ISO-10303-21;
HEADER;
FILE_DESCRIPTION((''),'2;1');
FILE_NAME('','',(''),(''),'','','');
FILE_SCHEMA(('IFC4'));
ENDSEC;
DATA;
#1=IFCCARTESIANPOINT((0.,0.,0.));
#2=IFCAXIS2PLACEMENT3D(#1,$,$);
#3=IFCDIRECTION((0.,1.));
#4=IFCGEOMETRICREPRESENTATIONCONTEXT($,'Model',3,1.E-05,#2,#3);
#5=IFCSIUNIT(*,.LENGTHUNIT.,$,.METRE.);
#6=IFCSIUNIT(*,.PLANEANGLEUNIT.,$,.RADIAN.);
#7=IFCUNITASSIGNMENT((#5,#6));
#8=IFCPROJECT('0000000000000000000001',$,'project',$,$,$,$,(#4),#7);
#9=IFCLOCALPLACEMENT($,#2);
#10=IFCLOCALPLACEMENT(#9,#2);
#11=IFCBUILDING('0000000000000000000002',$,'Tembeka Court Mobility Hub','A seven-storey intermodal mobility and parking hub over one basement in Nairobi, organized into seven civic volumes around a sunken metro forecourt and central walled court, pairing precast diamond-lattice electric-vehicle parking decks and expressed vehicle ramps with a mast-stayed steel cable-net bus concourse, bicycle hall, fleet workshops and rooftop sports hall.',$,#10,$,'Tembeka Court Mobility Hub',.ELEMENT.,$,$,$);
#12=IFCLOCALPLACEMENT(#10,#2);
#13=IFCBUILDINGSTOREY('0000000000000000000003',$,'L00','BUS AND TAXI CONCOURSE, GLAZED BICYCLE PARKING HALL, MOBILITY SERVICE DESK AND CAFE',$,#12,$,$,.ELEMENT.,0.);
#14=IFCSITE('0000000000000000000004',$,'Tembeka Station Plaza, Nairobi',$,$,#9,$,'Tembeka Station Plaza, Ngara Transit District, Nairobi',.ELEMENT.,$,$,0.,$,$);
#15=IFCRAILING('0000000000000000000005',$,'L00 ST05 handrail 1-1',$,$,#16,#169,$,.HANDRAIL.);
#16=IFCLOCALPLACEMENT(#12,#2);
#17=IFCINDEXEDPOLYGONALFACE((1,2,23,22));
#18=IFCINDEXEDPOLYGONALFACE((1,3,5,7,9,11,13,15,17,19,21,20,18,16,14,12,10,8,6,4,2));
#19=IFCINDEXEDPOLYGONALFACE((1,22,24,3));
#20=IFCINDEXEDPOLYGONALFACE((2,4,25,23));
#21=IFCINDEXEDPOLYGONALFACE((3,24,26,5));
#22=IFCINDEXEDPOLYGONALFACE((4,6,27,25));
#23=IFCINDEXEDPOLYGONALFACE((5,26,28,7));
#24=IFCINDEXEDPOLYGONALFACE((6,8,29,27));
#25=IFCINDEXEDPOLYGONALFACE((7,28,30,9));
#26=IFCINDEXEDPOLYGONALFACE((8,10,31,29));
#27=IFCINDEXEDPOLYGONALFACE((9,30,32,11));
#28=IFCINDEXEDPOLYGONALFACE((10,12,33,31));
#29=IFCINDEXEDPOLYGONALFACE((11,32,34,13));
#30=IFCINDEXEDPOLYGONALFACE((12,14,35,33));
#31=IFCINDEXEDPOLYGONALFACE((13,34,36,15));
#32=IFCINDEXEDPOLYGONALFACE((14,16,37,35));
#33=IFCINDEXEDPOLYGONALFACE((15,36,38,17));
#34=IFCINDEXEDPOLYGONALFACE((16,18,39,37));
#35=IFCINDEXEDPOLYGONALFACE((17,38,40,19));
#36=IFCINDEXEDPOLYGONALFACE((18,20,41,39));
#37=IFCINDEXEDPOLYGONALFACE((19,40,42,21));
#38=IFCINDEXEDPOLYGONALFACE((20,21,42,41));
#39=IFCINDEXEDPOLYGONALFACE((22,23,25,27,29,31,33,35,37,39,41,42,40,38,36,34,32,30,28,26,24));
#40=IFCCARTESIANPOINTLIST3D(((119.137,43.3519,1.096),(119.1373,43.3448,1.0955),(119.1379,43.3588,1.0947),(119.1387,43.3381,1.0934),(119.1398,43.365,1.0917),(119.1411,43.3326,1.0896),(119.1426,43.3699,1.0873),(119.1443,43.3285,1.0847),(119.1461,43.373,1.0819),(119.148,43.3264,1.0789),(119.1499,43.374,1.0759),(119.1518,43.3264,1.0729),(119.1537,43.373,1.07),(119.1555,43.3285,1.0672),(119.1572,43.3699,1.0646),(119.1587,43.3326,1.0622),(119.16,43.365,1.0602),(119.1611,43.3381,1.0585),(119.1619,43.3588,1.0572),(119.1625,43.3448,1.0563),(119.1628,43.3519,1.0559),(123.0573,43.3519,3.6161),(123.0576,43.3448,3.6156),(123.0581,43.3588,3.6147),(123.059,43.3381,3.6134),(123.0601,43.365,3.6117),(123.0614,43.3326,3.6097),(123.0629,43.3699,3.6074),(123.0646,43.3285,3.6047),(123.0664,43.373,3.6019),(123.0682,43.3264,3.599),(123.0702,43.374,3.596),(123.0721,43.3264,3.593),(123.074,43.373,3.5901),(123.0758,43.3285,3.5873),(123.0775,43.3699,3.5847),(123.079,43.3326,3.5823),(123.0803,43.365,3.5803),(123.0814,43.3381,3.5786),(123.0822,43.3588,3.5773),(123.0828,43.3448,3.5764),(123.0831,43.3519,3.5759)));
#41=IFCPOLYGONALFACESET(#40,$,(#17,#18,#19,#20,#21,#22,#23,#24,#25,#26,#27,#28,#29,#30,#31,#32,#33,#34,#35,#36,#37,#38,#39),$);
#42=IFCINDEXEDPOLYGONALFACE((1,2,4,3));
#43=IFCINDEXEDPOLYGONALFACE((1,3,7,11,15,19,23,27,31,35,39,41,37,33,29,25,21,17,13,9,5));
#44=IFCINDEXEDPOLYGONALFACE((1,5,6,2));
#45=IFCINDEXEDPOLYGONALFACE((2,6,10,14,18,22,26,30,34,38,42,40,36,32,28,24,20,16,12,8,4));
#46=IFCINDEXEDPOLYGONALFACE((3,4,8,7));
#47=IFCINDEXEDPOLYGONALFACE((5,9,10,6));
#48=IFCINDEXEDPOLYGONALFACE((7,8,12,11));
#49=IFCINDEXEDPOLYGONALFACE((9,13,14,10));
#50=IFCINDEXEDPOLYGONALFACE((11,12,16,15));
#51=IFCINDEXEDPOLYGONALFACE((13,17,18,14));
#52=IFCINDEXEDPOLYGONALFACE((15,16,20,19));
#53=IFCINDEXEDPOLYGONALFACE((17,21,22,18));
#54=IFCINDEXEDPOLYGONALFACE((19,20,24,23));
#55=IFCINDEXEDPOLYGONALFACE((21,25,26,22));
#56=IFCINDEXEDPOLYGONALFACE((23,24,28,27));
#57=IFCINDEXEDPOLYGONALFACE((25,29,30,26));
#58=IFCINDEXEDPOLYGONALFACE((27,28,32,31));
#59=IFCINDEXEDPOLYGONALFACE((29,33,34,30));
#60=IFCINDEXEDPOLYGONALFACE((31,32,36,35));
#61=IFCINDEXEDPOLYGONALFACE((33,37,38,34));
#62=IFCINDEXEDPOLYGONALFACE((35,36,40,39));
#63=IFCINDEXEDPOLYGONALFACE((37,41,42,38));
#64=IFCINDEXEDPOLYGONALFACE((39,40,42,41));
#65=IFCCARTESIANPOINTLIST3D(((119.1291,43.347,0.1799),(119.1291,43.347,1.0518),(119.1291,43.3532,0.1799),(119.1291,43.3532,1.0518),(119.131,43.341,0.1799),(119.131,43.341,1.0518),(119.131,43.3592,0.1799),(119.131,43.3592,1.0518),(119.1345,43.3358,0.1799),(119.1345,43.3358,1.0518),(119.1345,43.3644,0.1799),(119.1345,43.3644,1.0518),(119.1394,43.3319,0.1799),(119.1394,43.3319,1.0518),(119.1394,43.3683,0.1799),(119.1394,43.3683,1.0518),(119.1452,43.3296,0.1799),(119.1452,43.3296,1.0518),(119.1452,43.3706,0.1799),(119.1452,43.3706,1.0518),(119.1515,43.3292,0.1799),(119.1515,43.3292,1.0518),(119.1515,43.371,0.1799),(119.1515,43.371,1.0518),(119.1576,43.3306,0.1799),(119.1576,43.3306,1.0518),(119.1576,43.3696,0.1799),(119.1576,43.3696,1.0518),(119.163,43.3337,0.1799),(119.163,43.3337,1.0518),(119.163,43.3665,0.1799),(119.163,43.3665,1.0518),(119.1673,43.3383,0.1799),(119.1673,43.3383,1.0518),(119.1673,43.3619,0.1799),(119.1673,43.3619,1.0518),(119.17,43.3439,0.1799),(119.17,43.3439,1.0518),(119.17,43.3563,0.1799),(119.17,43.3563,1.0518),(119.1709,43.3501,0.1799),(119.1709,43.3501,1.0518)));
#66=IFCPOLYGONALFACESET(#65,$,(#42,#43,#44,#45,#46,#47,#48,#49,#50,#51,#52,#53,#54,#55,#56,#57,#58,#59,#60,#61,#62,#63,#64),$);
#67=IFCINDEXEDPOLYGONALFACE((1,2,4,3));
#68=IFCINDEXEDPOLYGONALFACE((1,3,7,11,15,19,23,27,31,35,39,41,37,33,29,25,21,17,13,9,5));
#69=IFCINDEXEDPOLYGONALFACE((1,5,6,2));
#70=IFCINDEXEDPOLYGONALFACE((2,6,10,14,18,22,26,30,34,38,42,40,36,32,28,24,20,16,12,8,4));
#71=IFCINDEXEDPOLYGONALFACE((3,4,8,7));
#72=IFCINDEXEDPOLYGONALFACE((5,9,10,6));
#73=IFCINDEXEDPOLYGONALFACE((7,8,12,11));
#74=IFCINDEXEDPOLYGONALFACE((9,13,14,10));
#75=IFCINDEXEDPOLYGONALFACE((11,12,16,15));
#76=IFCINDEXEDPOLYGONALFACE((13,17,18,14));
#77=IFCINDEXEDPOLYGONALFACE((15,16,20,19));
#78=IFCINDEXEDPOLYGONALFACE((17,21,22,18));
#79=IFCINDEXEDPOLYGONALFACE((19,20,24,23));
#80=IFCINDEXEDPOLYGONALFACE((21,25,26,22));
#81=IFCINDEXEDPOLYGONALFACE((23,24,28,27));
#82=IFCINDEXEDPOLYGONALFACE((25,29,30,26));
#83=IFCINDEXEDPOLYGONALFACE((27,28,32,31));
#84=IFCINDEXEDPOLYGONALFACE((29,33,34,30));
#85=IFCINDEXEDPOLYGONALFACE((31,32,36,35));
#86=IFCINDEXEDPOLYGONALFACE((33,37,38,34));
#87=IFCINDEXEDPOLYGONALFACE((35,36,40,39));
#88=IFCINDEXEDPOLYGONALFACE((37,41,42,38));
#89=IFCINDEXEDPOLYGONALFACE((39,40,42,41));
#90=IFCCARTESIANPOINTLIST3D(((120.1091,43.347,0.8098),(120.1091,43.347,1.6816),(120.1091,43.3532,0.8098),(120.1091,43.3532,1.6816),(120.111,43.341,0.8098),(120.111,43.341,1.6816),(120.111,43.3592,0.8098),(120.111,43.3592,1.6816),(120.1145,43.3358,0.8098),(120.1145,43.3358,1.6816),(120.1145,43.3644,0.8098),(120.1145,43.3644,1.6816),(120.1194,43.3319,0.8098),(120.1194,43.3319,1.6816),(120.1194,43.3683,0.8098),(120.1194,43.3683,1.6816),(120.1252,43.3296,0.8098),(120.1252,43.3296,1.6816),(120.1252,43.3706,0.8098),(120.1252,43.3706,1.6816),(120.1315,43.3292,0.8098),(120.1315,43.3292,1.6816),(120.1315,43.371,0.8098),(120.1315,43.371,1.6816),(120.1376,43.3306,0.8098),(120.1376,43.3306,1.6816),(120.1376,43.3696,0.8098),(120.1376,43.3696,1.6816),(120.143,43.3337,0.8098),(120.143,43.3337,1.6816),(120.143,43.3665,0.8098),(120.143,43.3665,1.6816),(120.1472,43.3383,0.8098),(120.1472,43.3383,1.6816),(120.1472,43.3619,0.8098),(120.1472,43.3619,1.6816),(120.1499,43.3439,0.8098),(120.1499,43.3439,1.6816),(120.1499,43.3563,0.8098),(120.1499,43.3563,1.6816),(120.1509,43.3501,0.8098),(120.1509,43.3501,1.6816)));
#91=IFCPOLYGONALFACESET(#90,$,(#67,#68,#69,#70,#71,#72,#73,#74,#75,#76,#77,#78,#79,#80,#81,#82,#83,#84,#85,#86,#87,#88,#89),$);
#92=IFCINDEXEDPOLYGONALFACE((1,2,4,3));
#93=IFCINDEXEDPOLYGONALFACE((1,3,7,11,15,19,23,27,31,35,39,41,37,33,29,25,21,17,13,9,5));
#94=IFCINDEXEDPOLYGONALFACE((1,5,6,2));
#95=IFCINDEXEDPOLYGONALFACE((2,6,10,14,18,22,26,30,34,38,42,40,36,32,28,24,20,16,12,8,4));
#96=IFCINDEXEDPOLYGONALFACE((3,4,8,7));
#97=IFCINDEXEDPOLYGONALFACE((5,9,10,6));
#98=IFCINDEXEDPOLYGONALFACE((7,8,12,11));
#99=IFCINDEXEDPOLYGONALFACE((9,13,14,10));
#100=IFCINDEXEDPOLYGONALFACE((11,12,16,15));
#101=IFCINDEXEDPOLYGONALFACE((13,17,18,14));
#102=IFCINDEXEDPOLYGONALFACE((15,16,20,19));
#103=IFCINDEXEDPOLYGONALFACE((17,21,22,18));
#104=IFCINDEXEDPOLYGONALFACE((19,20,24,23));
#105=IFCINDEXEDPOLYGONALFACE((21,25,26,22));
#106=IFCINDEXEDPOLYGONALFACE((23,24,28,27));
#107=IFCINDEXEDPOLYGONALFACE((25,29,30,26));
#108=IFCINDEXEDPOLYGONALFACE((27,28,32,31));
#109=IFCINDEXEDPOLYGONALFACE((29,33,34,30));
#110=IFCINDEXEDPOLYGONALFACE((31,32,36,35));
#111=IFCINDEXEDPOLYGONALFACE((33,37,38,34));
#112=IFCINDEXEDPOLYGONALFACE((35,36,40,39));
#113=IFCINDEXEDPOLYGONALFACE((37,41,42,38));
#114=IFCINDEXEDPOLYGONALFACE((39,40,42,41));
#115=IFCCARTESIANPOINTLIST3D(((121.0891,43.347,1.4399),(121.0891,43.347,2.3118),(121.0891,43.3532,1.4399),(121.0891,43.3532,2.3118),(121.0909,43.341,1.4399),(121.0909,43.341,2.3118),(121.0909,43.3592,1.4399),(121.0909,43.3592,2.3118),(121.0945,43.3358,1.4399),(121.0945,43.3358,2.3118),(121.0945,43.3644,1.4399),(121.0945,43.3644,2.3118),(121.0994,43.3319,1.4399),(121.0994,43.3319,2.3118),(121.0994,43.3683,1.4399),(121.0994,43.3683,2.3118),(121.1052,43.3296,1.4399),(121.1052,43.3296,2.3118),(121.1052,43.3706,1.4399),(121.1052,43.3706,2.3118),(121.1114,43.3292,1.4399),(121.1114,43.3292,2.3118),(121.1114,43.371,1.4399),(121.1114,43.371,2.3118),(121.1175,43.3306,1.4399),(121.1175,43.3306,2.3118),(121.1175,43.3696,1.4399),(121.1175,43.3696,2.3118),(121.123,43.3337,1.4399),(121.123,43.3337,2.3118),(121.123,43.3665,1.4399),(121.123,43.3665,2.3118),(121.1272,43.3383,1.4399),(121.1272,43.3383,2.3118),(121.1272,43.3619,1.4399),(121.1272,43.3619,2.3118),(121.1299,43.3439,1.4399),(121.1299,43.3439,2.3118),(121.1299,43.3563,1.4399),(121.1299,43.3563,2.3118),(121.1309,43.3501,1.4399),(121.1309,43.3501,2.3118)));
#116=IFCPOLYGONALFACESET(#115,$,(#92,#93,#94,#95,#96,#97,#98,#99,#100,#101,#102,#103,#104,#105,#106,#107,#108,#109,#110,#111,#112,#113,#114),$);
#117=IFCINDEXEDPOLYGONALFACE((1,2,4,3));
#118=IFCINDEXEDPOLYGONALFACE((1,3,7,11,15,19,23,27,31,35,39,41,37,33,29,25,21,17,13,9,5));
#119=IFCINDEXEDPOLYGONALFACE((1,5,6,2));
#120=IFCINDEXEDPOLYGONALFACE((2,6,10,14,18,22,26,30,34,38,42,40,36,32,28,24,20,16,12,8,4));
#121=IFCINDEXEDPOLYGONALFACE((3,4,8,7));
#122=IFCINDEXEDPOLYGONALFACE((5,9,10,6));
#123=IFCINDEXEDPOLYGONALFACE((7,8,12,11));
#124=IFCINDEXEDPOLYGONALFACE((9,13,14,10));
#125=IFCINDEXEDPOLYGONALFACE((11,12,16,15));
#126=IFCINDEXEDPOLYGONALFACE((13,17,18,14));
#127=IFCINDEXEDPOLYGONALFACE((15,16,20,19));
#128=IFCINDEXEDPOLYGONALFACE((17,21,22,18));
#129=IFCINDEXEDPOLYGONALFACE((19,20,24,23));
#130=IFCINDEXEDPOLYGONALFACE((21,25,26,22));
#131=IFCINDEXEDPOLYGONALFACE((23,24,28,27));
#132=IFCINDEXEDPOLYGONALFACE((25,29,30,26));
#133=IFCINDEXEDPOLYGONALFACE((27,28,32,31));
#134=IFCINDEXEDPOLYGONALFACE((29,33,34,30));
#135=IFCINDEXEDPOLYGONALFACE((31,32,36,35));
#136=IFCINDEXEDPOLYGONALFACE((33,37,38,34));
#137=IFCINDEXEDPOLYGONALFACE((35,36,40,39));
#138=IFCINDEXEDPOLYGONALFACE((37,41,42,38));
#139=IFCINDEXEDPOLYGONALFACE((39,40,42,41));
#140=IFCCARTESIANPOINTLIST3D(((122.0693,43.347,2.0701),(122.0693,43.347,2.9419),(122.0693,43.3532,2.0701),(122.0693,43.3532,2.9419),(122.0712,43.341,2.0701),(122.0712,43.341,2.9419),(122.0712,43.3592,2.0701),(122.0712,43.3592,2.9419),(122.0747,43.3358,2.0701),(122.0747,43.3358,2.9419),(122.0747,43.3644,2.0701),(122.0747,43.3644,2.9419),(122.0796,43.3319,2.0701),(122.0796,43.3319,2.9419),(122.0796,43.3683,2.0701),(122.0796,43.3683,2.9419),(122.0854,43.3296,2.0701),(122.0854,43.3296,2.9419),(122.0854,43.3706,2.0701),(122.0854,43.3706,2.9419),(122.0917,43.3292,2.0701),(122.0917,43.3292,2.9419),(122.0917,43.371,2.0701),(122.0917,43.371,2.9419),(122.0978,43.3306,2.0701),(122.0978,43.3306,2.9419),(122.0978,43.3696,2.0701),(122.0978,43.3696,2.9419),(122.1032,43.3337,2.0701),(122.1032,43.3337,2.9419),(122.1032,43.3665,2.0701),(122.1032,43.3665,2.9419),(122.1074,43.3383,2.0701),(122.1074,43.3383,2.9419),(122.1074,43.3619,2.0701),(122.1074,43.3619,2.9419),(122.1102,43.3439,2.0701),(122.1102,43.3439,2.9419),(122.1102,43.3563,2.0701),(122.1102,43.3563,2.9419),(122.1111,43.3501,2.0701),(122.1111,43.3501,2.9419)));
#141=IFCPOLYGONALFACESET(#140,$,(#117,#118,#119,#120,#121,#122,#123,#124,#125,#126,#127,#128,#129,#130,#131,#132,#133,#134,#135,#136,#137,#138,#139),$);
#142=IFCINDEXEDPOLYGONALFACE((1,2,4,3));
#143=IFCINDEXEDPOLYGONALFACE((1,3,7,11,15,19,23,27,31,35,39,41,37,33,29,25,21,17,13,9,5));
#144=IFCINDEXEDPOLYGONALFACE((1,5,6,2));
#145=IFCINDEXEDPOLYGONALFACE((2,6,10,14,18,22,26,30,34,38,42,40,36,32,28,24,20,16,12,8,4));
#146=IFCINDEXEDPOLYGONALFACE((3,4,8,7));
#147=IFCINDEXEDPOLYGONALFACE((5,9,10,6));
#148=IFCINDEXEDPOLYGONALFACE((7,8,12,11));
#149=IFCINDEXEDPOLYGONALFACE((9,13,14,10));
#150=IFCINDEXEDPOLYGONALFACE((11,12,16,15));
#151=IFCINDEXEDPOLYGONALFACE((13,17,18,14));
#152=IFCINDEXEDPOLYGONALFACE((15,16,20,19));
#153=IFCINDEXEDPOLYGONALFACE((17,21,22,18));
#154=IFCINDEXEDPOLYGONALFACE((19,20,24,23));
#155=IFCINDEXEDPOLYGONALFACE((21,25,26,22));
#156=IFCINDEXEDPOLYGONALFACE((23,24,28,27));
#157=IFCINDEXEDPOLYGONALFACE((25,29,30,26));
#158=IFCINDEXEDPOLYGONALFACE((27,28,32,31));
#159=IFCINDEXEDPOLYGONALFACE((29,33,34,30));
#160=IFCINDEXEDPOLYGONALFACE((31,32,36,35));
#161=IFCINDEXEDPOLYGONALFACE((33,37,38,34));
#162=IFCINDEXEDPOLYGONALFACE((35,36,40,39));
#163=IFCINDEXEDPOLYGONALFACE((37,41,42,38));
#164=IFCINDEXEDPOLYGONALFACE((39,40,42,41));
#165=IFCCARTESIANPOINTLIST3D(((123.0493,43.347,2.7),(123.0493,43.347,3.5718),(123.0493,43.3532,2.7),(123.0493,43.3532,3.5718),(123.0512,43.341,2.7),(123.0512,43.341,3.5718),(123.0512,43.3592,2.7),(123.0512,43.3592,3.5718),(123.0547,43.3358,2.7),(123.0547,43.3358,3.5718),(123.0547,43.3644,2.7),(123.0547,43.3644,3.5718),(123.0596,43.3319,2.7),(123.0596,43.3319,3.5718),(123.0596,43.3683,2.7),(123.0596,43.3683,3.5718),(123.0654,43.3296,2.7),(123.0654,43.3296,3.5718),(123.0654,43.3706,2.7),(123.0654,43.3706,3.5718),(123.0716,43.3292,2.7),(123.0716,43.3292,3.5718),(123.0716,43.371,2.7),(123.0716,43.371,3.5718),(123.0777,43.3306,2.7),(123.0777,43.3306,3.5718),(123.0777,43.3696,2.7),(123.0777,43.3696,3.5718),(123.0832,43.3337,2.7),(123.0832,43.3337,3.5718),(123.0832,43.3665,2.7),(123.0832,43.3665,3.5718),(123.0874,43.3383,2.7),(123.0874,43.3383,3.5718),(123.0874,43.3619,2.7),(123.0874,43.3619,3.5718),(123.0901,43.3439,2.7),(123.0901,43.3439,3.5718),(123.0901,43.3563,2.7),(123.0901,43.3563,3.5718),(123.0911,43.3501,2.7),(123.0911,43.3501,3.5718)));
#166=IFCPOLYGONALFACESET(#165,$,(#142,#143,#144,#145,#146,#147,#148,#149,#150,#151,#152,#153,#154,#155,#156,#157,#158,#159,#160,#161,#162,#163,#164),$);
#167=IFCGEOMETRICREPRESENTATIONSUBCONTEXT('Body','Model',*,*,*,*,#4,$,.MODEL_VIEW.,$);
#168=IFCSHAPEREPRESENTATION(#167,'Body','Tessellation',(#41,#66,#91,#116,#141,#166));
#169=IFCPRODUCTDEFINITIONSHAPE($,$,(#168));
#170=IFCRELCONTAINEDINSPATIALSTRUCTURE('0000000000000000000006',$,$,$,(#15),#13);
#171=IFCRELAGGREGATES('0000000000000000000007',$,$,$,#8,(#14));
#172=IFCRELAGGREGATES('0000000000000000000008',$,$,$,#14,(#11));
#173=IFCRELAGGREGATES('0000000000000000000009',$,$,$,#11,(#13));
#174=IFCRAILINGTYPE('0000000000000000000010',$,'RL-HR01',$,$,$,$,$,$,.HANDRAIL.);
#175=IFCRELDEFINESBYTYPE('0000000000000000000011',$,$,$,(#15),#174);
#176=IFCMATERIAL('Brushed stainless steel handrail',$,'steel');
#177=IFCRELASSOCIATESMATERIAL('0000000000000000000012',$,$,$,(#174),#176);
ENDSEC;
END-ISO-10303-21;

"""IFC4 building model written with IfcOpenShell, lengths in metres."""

from ifc_helpers import new_model, si_unit, direction, frame, origin, origin_2d, place, context, subcontext, project, spatial, circle, extrude, material, type_object, element, save


model = new_model("IFC4")

# Units and contexts
model_context = context("Model", 3, precision=1e-05, world=origin(), true_north=direction((0.0, 1.0)))
body_context = subcontext(model_context, "Body", "Model", "MODEL_VIEW")
ifc_project = project(units=[si_unit("LENGTHUNIT", "METRE"), si_unit("PLANEANGLEUNIT", "RADIAN")], contexts=[model_context])

# Site, building, storey
site_placement = place(None, origin())
site = spatial("IfcSite", under=ifc_project, at=site_placement, Name="Tembeka Station Plaza, Nairobi", LongName="Tembeka Station Plaza, Ngara Transit District, Nairobi", CompositionType="ELEMENT", RefElevation=0.0)
building_placement = place(site_placement, origin())
building = spatial("IfcBuilding", under=site, at=building_placement, Name="Tembeka Court Mobility Hub", Description="A seven-storey intermodal mobility and parking hub over one basement in Nairobi, organized into seven civic volumes around a sunken metro forecourt and central walled court, pairing precast diamond-lattice electric-vehicle parking decks and expressed vehicle ramps with a mast-stayed steel cable-net bus concourse, bicycle hall, fleet workshops and rooftop sports hall.", LongName="Tembeka Court Mobility Hub", CompositionType="ELEMENT")
storey_placement = place(building_placement, origin())
storey = spatial("IfcBuildingStorey", under=building, at=storey_placement, Name="L00", Description="BUS AND TAXI CONCOURSE, GLAZED BICYCLE PARKING HALL, MOBILITY SERVICE DESK AND CAFE", CompositionType="ELEMENT", Elevation=0.0)

# Railing
ifc_material_1 = material(Name="Brushed stainless steel handrail", Category="steel")
railing_type_1 = type_object("IfcRailingType", Name="RL-HR01", PredefinedType="HANDRAIL", material=ifc_material_1)
railing_1_placement = place(storey_placement, frame((119.1499, 43.3501, 0.1799)))
element("IfcRailing", 1, at=railing_1_placement, inside=storey, type_object=railing_type_1, Name="L00 ST05 handrail 1-1", PredefinedType="HANDRAIL", context=body_context, shape_type="SweptSolid", body=[
    extrude(circle(Radius=0.0239, at=origin_2d()), frame((0.0, 0.0, 0.896), z_axis=(0.841187, 0.0, 0.540744), x_axis=(0.0, 1.0, 0.0)), (0.0, 0.0, 1.0), 4.6604),
    extrude(circle(Radius=0.021, at=origin_2d()), origin(), (0.0, 0.0, 1.0), 0.8718),
    extrude(circle(Radius=0.021, at=origin_2d()), frame((0.98, 0.0, 0.6299)), (0.0, 0.0, 1.0), 0.8718),
    extrude(circle(Radius=0.021, at=origin_2d()), frame((1.96, 0.0, 1.26)), (0.0, 0.0, 1.0), 0.8718),
    extrude(circle(Radius=0.021, at=origin_2d()), frame((2.9402, 0.0, 1.8901)), (0.0, 0.0, 1.0), 0.8718),
    extrude(circle(Radius=0.021, at=origin_2d()), frame((3.9202, 0.0, 2.52)), (0.0, 0.0, 1.0), 0.8718),
])

save(model, "model.ifc")
